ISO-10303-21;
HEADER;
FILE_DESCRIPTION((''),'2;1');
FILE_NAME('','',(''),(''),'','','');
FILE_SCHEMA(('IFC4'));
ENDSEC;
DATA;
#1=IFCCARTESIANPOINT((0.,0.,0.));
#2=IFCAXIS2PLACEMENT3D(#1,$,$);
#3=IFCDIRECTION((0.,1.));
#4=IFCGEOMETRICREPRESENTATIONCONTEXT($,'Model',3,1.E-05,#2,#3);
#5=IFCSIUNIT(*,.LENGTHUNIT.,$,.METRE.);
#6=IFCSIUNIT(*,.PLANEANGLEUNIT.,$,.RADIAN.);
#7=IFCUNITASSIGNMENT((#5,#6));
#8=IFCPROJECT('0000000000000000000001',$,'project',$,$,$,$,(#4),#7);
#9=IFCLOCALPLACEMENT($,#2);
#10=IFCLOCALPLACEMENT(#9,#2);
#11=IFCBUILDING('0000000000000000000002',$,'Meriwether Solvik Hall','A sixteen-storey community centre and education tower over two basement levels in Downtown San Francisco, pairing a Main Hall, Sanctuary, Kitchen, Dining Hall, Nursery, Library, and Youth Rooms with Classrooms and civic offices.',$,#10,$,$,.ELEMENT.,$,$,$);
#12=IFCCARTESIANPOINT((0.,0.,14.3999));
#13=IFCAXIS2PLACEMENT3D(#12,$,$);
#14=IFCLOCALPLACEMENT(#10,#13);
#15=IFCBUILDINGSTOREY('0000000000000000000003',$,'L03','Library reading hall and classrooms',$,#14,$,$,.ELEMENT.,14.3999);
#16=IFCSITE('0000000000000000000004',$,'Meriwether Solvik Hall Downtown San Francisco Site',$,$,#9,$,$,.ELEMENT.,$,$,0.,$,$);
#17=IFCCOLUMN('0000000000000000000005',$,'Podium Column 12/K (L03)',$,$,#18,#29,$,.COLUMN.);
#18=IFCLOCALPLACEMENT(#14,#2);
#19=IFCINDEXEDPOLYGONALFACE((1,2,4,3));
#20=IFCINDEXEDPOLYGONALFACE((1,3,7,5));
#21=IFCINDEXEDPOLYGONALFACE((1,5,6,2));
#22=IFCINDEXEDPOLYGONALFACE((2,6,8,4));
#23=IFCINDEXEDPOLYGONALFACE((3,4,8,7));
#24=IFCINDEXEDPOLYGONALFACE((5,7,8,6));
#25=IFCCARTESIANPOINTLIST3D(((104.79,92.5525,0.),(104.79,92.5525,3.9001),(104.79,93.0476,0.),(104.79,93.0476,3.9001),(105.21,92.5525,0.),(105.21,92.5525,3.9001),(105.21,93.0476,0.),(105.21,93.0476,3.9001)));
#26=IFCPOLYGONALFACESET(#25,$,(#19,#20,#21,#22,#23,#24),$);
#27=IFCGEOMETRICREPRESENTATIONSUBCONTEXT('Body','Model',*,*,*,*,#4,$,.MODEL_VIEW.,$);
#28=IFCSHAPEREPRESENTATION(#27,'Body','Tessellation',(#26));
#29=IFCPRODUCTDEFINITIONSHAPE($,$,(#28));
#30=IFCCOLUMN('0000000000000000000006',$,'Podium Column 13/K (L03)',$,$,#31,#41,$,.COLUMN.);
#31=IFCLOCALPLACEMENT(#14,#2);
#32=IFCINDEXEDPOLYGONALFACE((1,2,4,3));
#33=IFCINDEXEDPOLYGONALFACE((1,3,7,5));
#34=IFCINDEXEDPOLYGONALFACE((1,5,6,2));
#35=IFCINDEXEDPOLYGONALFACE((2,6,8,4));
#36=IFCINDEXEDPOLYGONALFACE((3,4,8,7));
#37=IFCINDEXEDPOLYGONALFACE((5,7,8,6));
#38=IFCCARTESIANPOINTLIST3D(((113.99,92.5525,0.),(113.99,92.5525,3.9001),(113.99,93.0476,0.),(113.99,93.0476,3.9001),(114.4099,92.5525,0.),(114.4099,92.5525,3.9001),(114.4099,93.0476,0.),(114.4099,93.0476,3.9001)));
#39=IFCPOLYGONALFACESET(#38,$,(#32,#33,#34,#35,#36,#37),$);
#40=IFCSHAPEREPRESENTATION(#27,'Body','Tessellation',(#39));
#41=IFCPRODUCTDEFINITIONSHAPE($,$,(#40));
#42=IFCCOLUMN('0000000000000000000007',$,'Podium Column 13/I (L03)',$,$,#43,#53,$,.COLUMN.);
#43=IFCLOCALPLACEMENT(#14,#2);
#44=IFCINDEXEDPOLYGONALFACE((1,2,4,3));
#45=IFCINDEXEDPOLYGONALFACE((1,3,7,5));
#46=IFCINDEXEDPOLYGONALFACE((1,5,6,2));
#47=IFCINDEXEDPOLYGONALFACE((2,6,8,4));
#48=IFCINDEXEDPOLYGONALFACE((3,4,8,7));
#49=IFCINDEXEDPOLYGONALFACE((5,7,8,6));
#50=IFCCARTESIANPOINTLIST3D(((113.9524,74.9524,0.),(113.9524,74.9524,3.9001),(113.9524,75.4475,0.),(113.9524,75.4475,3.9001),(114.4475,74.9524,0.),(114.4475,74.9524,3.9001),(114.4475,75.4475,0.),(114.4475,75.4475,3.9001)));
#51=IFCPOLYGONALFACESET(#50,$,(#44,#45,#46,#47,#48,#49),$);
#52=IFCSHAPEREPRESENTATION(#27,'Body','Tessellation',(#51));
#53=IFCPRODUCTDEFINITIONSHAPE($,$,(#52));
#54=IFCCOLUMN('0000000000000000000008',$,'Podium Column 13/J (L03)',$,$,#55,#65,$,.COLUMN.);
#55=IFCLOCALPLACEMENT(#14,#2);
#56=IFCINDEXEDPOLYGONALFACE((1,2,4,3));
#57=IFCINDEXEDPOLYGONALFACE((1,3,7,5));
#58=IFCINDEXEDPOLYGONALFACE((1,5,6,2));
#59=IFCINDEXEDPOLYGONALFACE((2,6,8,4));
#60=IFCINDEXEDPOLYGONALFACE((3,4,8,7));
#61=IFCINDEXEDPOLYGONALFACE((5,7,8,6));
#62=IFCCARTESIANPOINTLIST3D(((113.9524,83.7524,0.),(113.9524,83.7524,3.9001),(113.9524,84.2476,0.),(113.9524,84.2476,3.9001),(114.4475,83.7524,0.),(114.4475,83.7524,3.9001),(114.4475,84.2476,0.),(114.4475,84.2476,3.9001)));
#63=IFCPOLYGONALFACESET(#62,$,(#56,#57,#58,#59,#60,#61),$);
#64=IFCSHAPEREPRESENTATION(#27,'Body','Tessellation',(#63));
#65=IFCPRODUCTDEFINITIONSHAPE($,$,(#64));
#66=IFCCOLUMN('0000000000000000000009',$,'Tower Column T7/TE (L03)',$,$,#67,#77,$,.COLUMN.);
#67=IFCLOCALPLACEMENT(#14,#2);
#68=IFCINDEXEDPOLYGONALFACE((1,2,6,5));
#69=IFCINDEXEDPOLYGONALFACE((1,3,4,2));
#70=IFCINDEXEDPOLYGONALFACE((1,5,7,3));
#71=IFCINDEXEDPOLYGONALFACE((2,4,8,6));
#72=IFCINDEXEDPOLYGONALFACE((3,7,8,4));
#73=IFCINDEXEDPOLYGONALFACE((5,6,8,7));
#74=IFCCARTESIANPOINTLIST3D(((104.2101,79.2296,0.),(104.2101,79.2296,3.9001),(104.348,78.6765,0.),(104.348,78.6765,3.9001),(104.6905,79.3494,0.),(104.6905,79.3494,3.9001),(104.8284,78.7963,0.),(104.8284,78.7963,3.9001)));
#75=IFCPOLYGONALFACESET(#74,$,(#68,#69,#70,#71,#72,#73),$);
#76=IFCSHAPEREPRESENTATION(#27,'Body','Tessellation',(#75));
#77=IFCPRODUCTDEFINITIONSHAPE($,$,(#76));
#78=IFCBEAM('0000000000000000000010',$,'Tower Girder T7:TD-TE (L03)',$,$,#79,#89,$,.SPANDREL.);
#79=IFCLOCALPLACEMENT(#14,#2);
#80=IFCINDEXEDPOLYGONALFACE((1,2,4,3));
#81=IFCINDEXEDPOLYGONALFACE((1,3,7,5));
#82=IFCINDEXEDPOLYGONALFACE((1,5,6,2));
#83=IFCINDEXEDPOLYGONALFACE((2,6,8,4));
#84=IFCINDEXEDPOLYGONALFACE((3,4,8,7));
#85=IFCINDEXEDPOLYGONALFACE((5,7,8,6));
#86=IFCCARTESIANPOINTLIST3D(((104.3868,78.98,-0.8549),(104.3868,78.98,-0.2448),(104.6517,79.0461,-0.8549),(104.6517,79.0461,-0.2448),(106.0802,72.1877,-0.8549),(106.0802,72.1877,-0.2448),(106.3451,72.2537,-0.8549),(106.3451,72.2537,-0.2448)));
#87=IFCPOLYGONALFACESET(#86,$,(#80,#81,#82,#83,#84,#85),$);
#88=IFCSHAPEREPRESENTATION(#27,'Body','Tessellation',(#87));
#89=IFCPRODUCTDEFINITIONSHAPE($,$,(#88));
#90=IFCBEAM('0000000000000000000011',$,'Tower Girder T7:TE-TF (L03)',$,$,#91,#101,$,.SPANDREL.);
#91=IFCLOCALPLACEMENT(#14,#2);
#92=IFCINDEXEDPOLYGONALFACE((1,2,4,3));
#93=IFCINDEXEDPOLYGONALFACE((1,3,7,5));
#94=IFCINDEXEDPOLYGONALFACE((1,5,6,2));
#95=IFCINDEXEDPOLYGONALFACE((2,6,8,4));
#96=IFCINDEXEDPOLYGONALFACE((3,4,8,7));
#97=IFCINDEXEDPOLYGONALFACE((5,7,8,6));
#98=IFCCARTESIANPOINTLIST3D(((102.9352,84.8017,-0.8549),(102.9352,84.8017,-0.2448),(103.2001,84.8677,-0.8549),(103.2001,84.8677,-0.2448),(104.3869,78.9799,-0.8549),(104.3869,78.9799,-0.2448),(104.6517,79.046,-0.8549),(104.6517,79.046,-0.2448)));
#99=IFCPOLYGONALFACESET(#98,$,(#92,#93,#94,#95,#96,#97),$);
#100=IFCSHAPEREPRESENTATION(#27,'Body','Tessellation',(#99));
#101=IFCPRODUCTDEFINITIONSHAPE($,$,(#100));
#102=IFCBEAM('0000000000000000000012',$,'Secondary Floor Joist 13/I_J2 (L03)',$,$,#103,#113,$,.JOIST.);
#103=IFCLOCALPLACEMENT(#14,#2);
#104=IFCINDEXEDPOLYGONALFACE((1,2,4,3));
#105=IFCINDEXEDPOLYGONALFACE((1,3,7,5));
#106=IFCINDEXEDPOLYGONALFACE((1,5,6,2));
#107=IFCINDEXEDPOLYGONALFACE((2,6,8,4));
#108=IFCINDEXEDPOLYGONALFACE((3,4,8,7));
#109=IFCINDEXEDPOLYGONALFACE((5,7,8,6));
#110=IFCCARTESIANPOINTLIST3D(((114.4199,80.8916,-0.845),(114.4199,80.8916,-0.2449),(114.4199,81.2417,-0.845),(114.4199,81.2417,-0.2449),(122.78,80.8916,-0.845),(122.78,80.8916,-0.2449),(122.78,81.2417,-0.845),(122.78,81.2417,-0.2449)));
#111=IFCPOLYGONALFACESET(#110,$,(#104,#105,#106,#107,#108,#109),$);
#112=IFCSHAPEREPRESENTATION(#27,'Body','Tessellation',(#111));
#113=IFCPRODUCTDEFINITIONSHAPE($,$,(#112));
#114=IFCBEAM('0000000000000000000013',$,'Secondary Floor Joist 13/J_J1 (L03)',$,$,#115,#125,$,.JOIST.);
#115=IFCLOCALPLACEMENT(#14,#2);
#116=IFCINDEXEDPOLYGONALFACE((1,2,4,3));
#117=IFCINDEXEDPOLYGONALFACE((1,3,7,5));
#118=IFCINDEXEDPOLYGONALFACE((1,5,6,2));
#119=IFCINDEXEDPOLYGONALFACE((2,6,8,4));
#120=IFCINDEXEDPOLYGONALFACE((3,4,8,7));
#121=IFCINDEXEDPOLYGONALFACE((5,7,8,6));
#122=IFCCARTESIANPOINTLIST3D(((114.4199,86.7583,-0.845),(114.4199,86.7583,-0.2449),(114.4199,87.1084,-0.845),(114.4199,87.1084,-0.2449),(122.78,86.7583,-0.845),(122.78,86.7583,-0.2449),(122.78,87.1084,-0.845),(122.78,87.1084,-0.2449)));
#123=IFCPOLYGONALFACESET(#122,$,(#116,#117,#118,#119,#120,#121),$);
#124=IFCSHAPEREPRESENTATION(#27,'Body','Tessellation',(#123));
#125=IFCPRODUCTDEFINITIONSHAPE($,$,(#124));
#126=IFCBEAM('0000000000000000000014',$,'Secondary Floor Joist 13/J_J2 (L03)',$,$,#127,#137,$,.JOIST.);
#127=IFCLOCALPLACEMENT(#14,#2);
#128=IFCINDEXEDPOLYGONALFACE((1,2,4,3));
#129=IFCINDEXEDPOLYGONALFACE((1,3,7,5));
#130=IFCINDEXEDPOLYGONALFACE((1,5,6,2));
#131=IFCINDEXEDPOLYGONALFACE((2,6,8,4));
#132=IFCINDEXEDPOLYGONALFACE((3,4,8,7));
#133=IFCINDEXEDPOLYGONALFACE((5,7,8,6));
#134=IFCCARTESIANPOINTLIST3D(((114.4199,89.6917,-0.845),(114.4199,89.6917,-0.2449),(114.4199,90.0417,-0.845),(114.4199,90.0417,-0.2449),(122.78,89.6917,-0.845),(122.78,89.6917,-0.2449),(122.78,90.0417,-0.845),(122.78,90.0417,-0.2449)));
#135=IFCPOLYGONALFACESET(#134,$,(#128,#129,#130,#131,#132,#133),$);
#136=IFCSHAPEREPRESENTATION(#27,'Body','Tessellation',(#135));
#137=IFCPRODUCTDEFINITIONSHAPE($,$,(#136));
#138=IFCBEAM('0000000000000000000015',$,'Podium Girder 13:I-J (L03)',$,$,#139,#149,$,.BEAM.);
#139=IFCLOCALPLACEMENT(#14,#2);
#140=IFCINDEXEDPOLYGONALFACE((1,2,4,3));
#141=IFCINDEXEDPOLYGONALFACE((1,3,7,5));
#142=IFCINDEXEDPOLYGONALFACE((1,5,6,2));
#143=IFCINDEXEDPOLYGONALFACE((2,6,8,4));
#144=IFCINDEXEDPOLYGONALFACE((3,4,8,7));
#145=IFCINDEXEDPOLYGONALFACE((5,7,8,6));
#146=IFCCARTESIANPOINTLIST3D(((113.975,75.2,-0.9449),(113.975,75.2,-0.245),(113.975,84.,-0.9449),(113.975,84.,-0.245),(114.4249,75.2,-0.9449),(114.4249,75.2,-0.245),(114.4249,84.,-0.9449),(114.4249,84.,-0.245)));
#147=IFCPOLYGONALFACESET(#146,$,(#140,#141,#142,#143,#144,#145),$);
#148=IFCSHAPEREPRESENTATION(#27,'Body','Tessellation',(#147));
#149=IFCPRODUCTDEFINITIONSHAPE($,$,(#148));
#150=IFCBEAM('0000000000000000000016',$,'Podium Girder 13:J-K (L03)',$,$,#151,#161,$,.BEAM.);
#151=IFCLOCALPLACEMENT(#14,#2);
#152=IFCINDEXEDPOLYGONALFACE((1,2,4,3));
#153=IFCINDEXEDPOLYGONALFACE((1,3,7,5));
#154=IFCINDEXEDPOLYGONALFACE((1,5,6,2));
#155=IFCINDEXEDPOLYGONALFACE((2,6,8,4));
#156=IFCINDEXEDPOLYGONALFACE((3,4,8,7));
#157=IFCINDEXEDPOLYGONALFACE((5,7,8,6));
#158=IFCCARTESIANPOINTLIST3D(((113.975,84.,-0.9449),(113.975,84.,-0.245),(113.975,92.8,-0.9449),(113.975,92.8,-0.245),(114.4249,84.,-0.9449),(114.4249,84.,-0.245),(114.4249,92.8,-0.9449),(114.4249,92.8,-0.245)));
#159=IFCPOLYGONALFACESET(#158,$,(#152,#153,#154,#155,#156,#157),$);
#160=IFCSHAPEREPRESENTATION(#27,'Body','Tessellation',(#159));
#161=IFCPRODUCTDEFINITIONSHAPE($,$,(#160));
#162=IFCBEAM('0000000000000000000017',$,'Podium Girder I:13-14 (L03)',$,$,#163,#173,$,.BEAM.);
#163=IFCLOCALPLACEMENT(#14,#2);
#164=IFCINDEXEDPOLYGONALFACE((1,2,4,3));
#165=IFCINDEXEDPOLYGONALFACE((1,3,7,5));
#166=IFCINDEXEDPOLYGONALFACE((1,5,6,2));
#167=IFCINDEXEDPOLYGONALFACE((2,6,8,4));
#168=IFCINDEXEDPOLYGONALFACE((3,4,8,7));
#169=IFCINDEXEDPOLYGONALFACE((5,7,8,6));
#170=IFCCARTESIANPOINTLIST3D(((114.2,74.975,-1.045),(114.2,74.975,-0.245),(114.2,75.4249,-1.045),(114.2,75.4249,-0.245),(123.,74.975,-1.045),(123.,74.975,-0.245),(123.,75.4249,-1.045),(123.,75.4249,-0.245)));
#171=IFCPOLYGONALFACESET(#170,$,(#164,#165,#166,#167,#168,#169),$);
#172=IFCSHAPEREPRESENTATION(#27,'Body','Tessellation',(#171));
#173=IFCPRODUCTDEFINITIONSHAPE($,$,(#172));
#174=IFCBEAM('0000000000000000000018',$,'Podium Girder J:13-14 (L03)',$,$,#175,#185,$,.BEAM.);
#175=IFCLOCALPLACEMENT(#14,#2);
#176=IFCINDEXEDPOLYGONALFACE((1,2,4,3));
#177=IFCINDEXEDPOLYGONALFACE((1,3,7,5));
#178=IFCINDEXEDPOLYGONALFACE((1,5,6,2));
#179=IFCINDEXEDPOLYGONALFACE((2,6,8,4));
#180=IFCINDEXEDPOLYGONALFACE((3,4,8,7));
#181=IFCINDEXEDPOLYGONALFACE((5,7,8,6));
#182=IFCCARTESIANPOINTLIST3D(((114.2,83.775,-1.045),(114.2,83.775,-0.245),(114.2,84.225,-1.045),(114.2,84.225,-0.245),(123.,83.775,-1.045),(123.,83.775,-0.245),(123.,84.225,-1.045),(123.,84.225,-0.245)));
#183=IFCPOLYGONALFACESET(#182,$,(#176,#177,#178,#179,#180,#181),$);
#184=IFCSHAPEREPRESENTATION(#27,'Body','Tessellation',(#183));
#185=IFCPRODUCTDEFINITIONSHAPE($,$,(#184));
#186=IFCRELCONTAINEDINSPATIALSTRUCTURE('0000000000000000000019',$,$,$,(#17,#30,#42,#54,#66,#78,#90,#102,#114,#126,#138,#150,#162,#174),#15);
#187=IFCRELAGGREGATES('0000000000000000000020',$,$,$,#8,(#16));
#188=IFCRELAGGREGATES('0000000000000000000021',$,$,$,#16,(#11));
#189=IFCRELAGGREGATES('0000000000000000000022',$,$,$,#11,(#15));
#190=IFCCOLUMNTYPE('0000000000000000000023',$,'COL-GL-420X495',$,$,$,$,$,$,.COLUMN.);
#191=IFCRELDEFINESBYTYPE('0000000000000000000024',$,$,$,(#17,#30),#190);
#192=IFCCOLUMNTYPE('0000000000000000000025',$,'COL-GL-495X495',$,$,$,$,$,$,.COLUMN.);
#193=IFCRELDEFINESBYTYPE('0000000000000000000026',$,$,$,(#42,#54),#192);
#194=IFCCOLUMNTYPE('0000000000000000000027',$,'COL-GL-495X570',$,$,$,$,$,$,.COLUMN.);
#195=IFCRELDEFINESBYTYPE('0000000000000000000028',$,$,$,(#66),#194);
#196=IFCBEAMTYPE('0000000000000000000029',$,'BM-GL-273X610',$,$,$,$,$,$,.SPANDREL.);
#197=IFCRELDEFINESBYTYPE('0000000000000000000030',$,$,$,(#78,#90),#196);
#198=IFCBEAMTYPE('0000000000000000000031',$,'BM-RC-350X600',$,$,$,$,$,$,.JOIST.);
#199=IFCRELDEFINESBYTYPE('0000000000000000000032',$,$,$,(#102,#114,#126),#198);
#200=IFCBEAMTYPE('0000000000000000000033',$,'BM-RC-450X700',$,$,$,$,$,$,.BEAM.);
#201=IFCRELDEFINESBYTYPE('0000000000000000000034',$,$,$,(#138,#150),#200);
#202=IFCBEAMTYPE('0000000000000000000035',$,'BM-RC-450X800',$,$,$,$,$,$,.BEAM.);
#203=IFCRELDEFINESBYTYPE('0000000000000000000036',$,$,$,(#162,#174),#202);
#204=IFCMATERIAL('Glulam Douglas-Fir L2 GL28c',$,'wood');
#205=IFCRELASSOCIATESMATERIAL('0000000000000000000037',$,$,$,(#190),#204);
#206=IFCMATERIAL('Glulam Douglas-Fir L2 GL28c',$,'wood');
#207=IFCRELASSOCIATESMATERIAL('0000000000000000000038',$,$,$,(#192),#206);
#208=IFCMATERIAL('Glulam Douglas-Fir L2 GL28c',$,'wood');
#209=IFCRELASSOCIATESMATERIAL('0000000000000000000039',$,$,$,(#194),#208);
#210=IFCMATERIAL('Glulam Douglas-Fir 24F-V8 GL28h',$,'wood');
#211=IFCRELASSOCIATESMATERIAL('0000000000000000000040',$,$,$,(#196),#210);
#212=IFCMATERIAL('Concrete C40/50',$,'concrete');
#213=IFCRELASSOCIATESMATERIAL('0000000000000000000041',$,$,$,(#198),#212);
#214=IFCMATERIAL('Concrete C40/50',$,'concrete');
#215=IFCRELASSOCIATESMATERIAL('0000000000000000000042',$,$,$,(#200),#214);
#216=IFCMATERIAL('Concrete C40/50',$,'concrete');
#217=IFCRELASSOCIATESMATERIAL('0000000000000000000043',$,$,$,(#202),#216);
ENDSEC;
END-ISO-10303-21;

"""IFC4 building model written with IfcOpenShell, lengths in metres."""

from ifc_helpers import new_model, si_unit, direction, frame, origin, origin_2d, place, context, subcontext, project, spatial, rectangle, extrude, material, material_profile, profile_set, type_object, element, save


model = new_model("IFC4")

# Units and contexts
model_context = context("Model", 3, precision=1e-05, world=origin(), true_north=direction((0.0, 1.0)))
body_context = subcontext(model_context, "Body", "Model", "MODEL_VIEW")
ifc_project = project(units=[si_unit("LENGTHUNIT", "METRE"), si_unit("PLANEANGLEUNIT", "RADIAN")], contexts=[model_context])

# Site, building, storey
site_placement = place(None, origin())
site = spatial("IfcSite", under=ifc_project, at=site_placement, Name="Meriwether Solvik Hall Downtown San Francisco Site", CompositionType="ELEMENT", RefElevation=0.0)
building_placement = place(site_placement, origin())
building = spatial("IfcBuilding", under=site, at=building_placement, Name="Meriwether Solvik Hall", Description="A sixteen-storey community centre and education tower over two basement levels in Downtown San Francisco, pairing a Main Hall, Sanctuary, Kitchen, Dining Hall, Nursery, Library, and Youth Rooms with Classrooms and civic offices.", CompositionType="ELEMENT")
storey_placement = place(building_placement, frame((0.0, 0.0, 14.3999)))
storey = spatial("IfcBuildingStorey", under=building, at=storey_placement, Name="L03", Description="Library reading hall and classrooms", CompositionType="ELEMENT", Elevation=14.3999)

# Columns
ifc_material_1 = material(Name="Glulam Douglas-Fir L2 GL28c", Category="wood")
ifc_material_profile_1 = material_profile(ifc_material_1, rectangle(XDim=0.4199, YDim=0.4951, at=origin_2d()), Name="GLC-420X495")
ifc_profile_set_1 = profile_set([ifc_material_profile_1], Name="Glulam Douglas-Fir L2 GL28c")
column_type_1 = type_object("IfcColumnType", Name="COL-GL-420X495", PredefinedType="COLUMN", material=ifc_profile_set_1)
for number, where, z_axis, x_axis, name in (
    (1, (105.0, 92.8, 0.0), (0.0, 0.0, 1.0), (1.0, 0.0, 0.0), "Podium Column 12/K (L03)"),
    (2, (114.2, 92.8, 0.0), (0.0, 0.0, 1.0), (1.0, 0.0, 0.0), "Podium Column 13/K (L03)"),
):
    element("IfcColumn", number, at=place(storey_placement, frame(where, z_axis=z_axis, x_axis=x_axis)), inside=storey, type_object=column_type_1, Name=name, PredefinedType="COLUMN", context=body_context, shape_type="SweptSolid", body=[
        extrude(rectangle(XDim=0.4199, YDim=0.4951, at=origin_2d()), origin(), (0.0, 0.0, 1.0), 3.9001),
    ])
ifc_material_2 = material(Name="Glulam Douglas-Fir L2 GL28c", Category="wood")
ifc_material_profile_2 = material_profile(ifc_material_2, rectangle(XDim=0.4951, YDim=0.4951, at=origin_2d()), Name="GLC-495X495")
ifc_profile_set_2 = profile_set([ifc_material_profile_2], Name="Glulam Douglas-Fir L2 GL28c")
column_type_2 = type_object("IfcColumnType", Name="COL-GL-495X495", PredefinedType="COLUMN", material=ifc_profile_set_2)
for number, where, z_axis, x_axis, name in (
    (3, (114.2, 75.2, 0.0), (0.0, 0.0, 1.0), (1.0, 0.0, 0.0), "Podium Column 13/I (L03)"),
    (4, (114.2, 84.0, 0.0), (0.0, 0.0, 1.0), (1.0, 0.0, 0.0), "Podium Column 13/J (L03)"),
):
    element("IfcColumn", number, at=place(storey_placement, frame(where, z_axis=z_axis, x_axis=x_axis)), inside=storey, type_object=column_type_2, Name=name, PredefinedType="COLUMN", context=body_context, shape_type="SweptSolid", body=[
        extrude(rectangle(XDim=0.4951, YDim=0.4951, at=origin_2d()), origin(), (0.0, 0.0, 1.0), 3.9001),
    ])
ifc_material_3 = material(Name="Glulam Douglas-Fir L2 GL28c", Category="wood")
ifc_material_profile_3 = material_profile(ifc_material_3, rectangle(XDim=0.4951, YDim=0.5701, at=origin_2d()), Name="GLC-495X570")
ifc_profile_set_3 = profile_set([ifc_material_profile_3], Name="Glulam Douglas-Fir L2 GL28c")
column_type_3 = type_object("IfcColumnType", Name="COL-GL-495X570", PredefinedType="COLUMN", material=ifc_profile_set_3)
column_placement = place(storey_placement, frame((104.5193, 79.0129, 0.0), z_axis=(0.0, 0.0, 1.0), x_axis=(0.970296, 0.241922, 0.0)))
element("IfcColumn", 5, at=column_placement, inside=storey, type_object=column_type_3, Name="Tower Column T7/TE (L03)", PredefinedType="COLUMN", context=body_context, shape_type="SweptSolid", body=[
    extrude(rectangle(XDim=0.4951, YDim=0.5701, at=origin_2d()), origin(), (0.0, 0.0, 1.0), 3.9001),
])

# Beams
ifc_material_4 = material(Name="Glulam Douglas-Fir 24F-V8 GL28h", Category="wood")
ifc_material_profile_4 = material_profile(ifc_material_4, rectangle(XDim=0.2729, YDim=0.6101, at=origin_2d()), Name="GLB-273X610")
ifc_profile_set_4 = profile_set([ifc_material_profile_4], Name="Glulam Douglas-Fir 24F-V8 GL28h")
beam_type_1 = type_object("IfcBeamType", Name="BM-GL-273X610", PredefinedType="SPANDREL", material=ifc_profile_set_4)
beam_1_placement = place(storey_placement, frame((106.2126, 72.2207, -0.5498), z_axis=(-0.241904, 0.9703, 0.0), x_axis=(-0.9703, -0.241904, 0.0)))
element("IfcBeam", 6, at=beam_1_placement, inside=storey, type_object=beam_type_1, Name="Tower Girder T7:TD-TE (L03)", PredefinedType="SPANDREL", context=body_context, shape_type="SweptSolid", body=[
    extrude(rectangle(XDim=0.2729, YDim=0.6101, at=origin_2d()), origin(), (0.0, 0.0, 1.0), 7.0002),
])
beam_2_placement = place(storey_placement, frame((104.5193, 79.0129, -0.5498), z_axis=(-0.241942, 0.970291, 0.0), x_axis=(-0.970291, -0.241942, 0.0)))
element("IfcBeam", 7, at=beam_2_placement, inside=storey, type_object=beam_type_1, Name="Tower Girder T7:TE-TF (L03)", PredefinedType="SPANDREL", context=body_context, shape_type="SweptSolid", body=[
    extrude(rectangle(XDim=0.2729, YDim=0.6101, at=origin_2d()), origin(), (0.0, 0.0, 1.0), 6.0),
])
ifc_material_5 = material(Name="Concrete C40/50", Category="concrete")
ifc_material_profile_5 = material_profile(ifc_material_5, rectangle(XDim=0.3501, YDim=0.6001, at=origin_2d()), Name="RCB-350X600")
ifc_profile_set_5 = profile_set([ifc_material_profile_5], Name="Concrete C40/50")
beam_type_2 = type_object("IfcBeamType", Name="BM-RC-350X600", PredefinedType="JOIST", material=ifc_profile_set_5)
for number, where, z_axis, x_axis, name in (
    (8, (114.4199, 81.0667, -0.5449), (1.0, 0.0, 0.0), (0.0, 1.0, 0.0), "Secondary Floor Joist 13/I_J2 (L03)"),
    (9, (114.4199, 86.9333, -0.5449), (1.0, 0.0, 0.0), (0.0, 1.0, 0.0), "Secondary Floor Joist 13/J_J1 (L03)"),
    (10, (114.4199, 89.8667, -0.5449), (1.0, 0.0, 0.0), (0.0, 1.0, 0.0), "Secondary Floor Joist 13/J_J2 (L03)"),
):
    element("IfcBeam", number, at=place(storey_placement, frame(where, z_axis=z_axis, x_axis=x_axis)), inside=storey, type_object=beam_type_2, Name=name, PredefinedType="JOIST", context=body_context, shape_type="SweptSolid", body=[
        extrude(rectangle(XDim=0.3501, YDim=0.6001, at=origin_2d()), origin(), (0.0, 0.0, 1.0), 8.3601),
    ])
ifc_material_6 = material(Name="Concrete C40/50", Category="concrete")
ifc_material_profile_6 = material_profile(ifc_material_6, rectangle(XDim=0.45, YDim=0.7, at=origin_2d()), Name="RCB-450X700")
ifc_profile_set_6 = profile_set([ifc_material_profile_6], Name="Concrete C40/50")
beam_type_3 = type_object("IfcBeamType", Name="BM-RC-450X700", PredefinedType="BEAM", material=ifc_profile_set_6)
for number, where, z_axis, x_axis, name in (
    (11, (114.2, 75.2, -0.595), (0.0, 1.0, 0.0), (-1.0, 0.0, 0.0), "Podium Girder 13:I-J (L03)"),
    (12, (114.2, 84.0, -0.595), (0.0, 1.0, 0.0), (-1.0, 0.0, 0.0), "Podium Girder 13:J-K (L03)"),
):
    element("IfcBeam", number, at=place(storey_placement, frame(where, z_axis=z_axis, x_axis=x_axis)), inside=storey, type_object=beam_type_3, Name=name, PredefinedType="BEAM", context=body_context, shape_type="SweptSolid", body=[
        extrude(rectangle(XDim=0.45, YDim=0.7, at=origin_2d()), origin(), (0.0, 0.0, 1.0), 8.8),
    ])
ifc_material_7 = material(Name="Concrete C40/50", Category="concrete")
ifc_material_profile_7 = material_profile(ifc_material_7, rectangle(XDim=0.45, YDim=0.8, at=origin_2d()), Name="RCB-450X800")
ifc_profile_set_7 = profile_set([ifc_material_profile_7], Name="Concrete C40/50")
beam_type_4 = type_object("IfcBeamType", Name="BM-RC-450X800", PredefinedType="BEAM", material=ifc_profile_set_7)
for number, where, z_axis, x_axis, name in (
    (13, (114.2, 75.2, -0.645), (1.0, 0.0, 0.0), (0.0, 1.0, 0.0), "Podium Girder I:13-14 (L03)"),
    (14, (114.2, 84.0, -0.645), (1.0, 0.0, 0.0), (0.0, 1.0, 0.0), "Podium Girder J:13-14 (L03)"),
):
    element("IfcBeam", number, at=place(storey_placement, frame(where, z_axis=z_axis, x_axis=x_axis)), inside=storey, type_object=beam_type_4, Name=name, PredefinedType="BEAM", context=body_context, shape_type="SweptSolid", body=[
        extrude(rectangle(XDim=0.45, YDim=0.8, at=origin_2d()), origin(), (0.0, 0.0, 1.0), 8.8),
    ])

save(model, "model.ifc")
